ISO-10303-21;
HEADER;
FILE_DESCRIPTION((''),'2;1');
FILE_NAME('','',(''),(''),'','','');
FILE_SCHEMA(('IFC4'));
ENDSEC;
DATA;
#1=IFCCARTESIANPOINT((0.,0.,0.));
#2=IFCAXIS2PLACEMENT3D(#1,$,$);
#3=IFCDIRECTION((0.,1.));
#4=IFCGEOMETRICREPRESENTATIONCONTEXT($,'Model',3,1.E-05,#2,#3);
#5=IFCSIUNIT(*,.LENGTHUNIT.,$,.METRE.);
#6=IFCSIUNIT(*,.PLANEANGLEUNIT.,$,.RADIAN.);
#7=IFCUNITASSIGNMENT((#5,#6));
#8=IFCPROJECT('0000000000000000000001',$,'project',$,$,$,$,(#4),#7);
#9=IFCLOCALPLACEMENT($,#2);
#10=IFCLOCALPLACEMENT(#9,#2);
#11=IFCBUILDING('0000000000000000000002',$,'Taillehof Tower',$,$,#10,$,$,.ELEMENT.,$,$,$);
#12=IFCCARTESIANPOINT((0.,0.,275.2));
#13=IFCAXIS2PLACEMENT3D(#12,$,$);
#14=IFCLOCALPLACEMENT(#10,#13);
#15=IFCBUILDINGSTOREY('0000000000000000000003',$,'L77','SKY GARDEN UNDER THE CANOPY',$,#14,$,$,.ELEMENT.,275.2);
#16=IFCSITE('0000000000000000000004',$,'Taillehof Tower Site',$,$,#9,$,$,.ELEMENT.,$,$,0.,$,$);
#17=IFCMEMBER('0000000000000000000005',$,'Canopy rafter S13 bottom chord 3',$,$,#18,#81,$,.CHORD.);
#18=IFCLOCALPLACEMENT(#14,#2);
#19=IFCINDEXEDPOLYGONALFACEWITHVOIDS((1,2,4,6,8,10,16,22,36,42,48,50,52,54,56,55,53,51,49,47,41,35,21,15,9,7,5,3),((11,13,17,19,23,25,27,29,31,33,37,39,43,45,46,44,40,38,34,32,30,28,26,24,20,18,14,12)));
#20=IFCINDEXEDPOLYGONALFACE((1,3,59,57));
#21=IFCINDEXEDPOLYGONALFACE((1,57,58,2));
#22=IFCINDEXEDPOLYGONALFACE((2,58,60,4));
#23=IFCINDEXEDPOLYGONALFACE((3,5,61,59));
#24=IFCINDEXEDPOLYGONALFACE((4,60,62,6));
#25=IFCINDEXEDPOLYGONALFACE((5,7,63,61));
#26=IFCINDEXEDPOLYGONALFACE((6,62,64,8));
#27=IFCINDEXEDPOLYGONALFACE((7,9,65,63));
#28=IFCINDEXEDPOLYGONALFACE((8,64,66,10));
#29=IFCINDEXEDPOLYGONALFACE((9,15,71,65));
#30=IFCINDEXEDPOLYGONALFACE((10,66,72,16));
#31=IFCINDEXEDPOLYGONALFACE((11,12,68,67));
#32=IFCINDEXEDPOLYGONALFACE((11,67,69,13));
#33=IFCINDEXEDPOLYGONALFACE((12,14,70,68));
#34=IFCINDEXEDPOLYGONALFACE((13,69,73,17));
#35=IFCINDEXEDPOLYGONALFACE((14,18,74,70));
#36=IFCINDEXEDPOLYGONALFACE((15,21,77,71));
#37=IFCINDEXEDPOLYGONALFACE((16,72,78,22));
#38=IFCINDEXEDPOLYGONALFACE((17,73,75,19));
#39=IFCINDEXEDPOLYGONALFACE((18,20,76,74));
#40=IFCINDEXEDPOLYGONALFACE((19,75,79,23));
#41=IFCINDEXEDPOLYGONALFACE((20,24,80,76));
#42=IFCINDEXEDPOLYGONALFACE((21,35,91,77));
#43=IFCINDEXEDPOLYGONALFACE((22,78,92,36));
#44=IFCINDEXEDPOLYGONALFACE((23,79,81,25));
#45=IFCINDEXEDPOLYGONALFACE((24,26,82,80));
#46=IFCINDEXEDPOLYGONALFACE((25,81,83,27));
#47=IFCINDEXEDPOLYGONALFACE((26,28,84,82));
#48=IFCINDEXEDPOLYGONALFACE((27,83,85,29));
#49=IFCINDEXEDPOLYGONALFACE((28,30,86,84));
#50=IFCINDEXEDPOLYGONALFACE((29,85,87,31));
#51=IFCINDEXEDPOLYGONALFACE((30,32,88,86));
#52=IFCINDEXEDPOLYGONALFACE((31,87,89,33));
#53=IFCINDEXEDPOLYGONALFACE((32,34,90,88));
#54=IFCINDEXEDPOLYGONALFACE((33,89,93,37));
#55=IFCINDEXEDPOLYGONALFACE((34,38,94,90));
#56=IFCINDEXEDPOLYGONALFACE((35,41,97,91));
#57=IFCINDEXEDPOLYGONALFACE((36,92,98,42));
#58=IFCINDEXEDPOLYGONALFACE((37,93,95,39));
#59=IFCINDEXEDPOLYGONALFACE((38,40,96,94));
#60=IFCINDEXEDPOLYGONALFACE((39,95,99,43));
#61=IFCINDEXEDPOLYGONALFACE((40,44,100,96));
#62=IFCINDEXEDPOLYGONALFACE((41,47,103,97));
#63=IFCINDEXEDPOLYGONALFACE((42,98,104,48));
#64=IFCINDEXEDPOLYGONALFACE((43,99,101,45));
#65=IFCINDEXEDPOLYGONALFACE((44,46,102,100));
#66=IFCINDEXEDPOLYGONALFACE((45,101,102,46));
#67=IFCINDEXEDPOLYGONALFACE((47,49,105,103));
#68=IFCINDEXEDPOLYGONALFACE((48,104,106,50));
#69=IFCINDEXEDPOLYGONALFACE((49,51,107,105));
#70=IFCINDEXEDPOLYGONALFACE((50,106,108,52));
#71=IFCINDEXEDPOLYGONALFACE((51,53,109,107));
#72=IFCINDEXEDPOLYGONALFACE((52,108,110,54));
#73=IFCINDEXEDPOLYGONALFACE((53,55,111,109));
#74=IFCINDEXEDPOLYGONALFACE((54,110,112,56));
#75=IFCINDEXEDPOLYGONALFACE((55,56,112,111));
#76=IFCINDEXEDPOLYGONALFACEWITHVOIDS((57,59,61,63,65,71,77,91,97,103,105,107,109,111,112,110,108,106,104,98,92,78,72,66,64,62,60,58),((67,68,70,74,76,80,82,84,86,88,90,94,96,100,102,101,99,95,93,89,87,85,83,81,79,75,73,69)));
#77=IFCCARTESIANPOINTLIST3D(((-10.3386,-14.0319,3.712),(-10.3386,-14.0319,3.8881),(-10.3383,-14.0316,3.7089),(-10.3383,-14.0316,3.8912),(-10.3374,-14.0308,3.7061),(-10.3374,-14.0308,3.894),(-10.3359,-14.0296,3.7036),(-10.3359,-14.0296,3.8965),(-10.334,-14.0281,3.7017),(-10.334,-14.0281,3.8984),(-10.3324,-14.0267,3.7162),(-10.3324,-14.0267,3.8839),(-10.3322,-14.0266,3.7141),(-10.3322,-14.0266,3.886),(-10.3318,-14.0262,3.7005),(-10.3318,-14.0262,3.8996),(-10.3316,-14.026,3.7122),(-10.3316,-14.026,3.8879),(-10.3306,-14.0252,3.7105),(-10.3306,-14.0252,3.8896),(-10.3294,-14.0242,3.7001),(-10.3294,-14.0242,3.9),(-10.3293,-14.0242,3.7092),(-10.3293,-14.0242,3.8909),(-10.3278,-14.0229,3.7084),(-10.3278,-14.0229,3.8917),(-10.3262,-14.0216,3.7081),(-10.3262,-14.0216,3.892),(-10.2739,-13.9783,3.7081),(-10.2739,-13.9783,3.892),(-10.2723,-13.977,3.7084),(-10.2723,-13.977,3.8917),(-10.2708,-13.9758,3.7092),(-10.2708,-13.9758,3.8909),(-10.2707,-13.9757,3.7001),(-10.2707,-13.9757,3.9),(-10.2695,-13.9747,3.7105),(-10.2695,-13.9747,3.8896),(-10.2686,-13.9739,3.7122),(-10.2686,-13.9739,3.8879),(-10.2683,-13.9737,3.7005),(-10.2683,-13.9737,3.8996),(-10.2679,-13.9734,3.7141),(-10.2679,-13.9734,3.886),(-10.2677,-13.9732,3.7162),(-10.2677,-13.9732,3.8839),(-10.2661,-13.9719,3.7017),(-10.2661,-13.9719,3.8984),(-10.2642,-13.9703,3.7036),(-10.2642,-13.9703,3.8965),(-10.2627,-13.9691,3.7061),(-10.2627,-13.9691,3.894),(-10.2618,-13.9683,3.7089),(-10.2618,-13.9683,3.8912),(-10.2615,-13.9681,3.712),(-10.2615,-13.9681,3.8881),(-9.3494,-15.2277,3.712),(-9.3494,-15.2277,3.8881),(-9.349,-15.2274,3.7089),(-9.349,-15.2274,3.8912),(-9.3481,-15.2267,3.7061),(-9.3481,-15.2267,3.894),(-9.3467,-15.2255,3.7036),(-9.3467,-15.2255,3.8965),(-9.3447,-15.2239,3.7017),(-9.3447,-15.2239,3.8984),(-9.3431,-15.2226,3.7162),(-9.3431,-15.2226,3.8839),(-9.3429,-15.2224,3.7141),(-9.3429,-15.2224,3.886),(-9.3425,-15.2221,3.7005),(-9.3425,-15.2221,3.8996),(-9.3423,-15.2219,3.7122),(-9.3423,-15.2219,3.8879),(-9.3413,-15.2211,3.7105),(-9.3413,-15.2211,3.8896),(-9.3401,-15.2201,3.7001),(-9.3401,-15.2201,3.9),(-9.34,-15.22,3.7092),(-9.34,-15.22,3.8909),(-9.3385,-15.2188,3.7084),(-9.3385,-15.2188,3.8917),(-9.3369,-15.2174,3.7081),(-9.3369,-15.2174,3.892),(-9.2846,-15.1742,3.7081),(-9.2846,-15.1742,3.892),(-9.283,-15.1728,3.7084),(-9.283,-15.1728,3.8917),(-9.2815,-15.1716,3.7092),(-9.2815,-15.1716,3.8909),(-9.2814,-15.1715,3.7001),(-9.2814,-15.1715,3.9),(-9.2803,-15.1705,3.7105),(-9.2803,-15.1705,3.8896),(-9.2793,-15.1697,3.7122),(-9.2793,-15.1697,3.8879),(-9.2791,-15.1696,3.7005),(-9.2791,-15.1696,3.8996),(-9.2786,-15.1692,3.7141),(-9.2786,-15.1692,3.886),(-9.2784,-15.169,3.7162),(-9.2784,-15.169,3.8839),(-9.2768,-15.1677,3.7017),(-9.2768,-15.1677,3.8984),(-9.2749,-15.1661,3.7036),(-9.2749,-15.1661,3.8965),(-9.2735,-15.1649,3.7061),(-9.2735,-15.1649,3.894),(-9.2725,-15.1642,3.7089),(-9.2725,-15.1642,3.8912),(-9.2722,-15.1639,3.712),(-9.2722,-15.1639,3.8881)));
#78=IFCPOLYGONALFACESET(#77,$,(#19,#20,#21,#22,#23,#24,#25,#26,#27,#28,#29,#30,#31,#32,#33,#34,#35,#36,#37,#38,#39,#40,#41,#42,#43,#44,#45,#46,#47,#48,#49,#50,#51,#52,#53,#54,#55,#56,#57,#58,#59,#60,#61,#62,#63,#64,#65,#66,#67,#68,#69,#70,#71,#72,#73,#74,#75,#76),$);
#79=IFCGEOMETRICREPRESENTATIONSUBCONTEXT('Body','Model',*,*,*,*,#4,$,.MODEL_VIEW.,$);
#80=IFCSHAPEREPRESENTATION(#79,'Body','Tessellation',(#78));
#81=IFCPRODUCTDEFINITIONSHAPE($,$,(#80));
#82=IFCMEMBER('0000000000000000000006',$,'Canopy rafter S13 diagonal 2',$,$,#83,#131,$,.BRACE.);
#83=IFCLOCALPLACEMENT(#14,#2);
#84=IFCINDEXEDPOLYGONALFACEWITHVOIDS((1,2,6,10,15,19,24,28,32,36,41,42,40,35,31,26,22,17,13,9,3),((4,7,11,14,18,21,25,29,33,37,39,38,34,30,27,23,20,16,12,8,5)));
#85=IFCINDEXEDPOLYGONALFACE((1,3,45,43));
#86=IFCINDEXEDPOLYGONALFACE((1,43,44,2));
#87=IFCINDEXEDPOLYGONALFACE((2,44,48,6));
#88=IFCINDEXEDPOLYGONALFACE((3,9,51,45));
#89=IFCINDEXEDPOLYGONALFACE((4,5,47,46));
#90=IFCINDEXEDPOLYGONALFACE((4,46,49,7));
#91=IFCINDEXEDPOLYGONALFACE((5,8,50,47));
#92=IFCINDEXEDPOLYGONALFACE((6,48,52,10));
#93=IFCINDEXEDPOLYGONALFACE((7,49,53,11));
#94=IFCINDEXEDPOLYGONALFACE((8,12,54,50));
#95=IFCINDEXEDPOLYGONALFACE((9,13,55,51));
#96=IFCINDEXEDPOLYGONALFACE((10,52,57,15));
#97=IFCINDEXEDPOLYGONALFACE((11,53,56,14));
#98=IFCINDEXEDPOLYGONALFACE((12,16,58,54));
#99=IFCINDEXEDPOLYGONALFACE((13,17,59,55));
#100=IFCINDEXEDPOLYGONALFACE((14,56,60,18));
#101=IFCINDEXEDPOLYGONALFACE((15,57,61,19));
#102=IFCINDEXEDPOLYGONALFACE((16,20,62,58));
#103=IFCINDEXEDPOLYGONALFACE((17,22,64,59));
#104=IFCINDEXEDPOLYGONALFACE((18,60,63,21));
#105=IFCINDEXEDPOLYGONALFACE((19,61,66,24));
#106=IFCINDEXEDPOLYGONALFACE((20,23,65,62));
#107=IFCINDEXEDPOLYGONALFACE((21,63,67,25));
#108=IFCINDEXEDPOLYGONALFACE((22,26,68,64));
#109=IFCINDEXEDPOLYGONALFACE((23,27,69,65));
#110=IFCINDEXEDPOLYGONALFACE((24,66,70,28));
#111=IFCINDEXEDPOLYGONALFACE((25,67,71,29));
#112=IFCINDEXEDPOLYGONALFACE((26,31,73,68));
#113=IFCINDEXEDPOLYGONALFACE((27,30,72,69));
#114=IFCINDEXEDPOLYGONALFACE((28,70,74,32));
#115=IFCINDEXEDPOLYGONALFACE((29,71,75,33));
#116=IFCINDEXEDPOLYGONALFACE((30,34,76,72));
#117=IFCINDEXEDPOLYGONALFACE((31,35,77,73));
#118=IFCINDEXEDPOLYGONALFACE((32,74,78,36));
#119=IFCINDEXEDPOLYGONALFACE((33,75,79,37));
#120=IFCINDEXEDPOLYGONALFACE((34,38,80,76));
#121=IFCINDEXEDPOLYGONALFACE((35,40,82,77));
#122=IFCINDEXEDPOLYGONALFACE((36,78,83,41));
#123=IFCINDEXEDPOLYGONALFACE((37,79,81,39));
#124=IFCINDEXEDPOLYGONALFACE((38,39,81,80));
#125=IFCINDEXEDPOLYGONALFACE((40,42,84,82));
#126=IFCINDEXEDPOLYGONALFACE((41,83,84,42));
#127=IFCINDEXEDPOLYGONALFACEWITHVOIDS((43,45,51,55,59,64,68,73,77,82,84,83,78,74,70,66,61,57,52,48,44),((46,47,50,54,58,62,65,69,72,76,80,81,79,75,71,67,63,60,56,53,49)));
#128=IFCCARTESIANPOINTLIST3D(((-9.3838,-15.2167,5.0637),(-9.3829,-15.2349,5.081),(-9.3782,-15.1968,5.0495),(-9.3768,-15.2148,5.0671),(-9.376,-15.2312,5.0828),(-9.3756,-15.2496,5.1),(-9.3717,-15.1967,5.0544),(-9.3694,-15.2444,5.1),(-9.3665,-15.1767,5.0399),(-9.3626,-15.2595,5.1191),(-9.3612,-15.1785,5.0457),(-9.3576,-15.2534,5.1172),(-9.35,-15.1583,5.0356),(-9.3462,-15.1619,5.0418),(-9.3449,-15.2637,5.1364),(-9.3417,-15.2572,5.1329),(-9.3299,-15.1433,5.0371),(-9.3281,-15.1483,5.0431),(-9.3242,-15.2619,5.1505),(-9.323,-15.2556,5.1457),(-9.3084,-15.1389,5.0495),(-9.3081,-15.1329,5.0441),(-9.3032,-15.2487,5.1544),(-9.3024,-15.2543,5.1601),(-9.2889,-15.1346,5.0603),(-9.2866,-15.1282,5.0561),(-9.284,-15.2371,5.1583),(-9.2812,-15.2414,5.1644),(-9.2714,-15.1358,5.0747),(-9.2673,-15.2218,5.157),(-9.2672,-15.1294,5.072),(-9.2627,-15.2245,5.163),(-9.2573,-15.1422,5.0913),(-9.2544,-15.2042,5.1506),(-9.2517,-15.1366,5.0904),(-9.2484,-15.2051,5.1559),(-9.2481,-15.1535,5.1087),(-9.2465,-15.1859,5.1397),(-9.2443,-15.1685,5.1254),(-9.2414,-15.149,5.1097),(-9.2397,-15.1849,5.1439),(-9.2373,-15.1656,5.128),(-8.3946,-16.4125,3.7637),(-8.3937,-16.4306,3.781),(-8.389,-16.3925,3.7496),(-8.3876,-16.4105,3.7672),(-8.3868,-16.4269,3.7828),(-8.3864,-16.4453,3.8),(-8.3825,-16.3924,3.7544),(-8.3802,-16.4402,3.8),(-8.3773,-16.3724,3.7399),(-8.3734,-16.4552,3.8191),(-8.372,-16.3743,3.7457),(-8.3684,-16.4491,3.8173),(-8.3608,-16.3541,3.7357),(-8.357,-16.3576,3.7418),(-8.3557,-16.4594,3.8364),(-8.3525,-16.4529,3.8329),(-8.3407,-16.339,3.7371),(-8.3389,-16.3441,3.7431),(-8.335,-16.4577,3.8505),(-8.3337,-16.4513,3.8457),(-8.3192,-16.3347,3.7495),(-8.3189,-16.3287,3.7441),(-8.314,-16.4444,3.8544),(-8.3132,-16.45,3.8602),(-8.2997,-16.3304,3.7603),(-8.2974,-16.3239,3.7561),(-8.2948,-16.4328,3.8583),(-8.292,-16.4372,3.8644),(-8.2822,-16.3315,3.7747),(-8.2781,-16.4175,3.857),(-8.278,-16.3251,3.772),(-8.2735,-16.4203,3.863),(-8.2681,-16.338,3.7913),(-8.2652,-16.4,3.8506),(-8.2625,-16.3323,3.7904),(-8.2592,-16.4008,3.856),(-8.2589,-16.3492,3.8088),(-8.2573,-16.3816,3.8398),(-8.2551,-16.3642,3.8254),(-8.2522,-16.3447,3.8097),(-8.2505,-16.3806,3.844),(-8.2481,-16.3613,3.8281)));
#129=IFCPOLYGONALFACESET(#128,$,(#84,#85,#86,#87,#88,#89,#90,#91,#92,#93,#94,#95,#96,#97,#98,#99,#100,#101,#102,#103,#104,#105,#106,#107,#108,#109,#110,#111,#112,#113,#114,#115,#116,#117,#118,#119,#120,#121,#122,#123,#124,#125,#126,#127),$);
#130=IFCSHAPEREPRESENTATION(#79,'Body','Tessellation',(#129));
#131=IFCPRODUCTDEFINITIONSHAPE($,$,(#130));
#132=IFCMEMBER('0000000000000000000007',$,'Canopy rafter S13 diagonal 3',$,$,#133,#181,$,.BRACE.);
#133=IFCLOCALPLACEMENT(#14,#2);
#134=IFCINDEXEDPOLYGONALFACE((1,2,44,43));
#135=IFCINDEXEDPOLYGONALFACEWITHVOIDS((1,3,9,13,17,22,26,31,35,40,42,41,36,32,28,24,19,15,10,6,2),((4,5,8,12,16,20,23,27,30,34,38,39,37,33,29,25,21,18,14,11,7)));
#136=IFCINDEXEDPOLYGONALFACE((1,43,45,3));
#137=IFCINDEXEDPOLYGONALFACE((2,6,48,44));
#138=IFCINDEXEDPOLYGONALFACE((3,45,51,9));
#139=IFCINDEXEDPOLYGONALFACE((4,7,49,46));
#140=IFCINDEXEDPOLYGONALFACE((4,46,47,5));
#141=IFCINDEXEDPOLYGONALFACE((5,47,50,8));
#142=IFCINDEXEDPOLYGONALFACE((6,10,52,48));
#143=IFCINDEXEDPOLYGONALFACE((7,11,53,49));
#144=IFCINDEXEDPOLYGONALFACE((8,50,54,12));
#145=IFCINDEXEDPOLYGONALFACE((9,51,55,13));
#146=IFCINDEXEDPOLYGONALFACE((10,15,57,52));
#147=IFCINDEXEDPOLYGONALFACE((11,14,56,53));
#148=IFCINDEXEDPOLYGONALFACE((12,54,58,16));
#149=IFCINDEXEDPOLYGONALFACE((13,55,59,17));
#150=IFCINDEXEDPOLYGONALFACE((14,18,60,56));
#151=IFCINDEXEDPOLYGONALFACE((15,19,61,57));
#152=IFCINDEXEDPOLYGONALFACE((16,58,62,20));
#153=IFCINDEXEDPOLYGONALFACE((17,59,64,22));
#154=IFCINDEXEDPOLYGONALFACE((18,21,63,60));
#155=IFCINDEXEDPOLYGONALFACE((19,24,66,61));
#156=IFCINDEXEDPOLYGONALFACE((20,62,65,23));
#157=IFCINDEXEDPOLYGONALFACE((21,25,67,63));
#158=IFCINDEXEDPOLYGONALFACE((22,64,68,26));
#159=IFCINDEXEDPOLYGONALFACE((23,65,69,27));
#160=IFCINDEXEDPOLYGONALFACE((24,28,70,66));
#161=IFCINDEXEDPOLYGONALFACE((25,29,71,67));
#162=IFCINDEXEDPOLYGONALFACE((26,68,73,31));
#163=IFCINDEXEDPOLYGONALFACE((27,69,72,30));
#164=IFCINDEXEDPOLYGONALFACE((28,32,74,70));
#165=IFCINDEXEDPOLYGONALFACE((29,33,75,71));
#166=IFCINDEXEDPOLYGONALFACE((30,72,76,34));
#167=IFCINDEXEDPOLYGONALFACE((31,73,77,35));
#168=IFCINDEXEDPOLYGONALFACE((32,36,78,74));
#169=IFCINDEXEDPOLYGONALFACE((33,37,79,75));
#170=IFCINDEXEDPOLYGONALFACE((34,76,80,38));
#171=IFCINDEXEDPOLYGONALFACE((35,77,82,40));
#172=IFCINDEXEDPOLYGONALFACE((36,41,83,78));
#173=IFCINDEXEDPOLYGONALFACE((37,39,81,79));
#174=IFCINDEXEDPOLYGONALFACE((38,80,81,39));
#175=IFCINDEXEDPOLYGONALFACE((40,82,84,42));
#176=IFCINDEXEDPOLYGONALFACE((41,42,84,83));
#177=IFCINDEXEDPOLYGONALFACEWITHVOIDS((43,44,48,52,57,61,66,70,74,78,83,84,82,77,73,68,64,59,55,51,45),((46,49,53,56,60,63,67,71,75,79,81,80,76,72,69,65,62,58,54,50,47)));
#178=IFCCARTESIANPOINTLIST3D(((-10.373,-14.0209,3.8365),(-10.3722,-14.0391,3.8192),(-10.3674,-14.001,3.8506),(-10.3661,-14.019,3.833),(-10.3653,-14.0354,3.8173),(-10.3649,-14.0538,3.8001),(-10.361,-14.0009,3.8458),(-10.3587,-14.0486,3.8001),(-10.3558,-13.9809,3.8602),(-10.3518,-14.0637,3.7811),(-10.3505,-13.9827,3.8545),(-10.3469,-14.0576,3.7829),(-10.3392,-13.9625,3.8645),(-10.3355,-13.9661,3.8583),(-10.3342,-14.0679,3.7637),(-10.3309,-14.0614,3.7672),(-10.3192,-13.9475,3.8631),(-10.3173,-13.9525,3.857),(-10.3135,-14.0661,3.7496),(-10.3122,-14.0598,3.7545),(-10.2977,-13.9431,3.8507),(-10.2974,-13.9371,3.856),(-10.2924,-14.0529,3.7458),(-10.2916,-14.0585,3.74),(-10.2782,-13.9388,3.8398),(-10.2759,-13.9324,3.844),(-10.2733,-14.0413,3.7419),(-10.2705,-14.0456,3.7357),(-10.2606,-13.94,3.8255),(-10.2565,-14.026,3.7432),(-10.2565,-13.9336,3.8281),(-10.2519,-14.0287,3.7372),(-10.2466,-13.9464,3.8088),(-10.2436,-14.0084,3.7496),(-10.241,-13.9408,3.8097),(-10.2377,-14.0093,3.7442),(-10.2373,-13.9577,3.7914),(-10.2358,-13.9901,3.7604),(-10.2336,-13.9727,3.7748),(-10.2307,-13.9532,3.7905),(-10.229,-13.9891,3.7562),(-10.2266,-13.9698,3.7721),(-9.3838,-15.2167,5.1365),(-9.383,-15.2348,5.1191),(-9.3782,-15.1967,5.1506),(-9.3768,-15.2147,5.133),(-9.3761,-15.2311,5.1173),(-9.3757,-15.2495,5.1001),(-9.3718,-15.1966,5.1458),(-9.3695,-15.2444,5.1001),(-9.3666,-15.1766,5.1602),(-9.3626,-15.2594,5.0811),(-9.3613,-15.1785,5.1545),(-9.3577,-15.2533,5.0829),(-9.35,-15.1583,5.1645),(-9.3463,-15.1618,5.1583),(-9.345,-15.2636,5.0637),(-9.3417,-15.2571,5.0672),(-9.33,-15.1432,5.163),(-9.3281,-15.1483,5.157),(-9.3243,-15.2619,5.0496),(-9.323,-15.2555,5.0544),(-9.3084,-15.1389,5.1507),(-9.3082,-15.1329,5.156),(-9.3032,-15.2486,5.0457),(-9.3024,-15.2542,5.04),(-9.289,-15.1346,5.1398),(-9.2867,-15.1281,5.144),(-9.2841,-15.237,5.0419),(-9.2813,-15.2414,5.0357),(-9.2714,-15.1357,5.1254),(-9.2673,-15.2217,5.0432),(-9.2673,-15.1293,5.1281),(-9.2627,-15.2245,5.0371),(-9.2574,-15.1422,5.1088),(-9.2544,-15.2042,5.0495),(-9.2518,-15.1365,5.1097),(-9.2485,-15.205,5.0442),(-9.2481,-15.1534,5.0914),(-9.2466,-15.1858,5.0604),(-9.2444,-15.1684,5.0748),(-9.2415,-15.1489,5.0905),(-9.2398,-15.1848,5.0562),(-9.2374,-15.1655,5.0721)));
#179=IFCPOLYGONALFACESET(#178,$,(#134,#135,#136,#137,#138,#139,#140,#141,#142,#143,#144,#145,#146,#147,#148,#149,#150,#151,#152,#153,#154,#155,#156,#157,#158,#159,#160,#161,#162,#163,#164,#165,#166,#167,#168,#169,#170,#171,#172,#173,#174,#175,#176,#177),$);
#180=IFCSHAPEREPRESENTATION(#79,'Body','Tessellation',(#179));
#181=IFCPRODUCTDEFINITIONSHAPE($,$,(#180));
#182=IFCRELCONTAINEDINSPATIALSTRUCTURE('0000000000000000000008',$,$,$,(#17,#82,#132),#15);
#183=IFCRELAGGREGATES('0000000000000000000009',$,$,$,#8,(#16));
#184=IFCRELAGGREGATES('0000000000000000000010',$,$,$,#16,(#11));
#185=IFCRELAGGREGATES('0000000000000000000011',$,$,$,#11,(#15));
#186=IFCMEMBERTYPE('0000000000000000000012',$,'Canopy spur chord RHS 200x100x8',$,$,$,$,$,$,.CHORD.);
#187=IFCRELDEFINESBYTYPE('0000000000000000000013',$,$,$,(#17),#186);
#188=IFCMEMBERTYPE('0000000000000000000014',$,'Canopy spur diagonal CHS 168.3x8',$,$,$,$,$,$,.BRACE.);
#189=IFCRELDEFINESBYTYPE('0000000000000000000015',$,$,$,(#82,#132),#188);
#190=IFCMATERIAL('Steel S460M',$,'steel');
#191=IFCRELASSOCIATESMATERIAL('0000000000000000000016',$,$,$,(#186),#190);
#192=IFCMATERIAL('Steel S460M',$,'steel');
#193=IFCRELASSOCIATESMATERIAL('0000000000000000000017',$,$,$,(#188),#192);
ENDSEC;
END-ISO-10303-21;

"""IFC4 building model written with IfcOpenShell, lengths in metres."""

from ifc_helpers import new_model, si_unit, direction, frame, origin, origin_2d, place, context, subcontext, project, spatial, hollow_rectangle, hollow_circle, extrude, material, material_profile, profile_set, type_object, element, save


model = new_model("IFC4")

# Units and contexts
model_context = context("Model", 3, precision=1e-05, world=origin(), true_north=direction((0.0, 1.0)))
body_context = subcontext(model_context, "Body", "Model", "MODEL_VIEW")
ifc_project = project(units=[si_unit("LENGTHUNIT", "METRE"), si_unit("PLANEANGLEUNIT", "RADIAN")], contexts=[model_context])

# Site, building, storey
site_placement = place(None, origin())
site = spatial("IfcSite", under=ifc_project, at=site_placement, Name="Taillehof Tower Site", CompositionType="ELEMENT", RefElevation=0.0)
building_placement = place(site_placement, origin())
building = spatial("IfcBuilding", under=site, at=building_placement, Name="Taillehof Tower", CompositionType="ELEMENT")
storey_placement = place(building_placement, frame((0.0, 0.0, 275.2)))
storey = spatial("IfcBuildingStorey", under=building, at=storey_placement, Name="L77", Description="SKY GARDEN UNDER THE CANOPY", CompositionType="ELEMENT", Elevation=275.2)

# Members
ifc_material_1 = material(Name="Steel S460M", Category="steel")
ifc_material_profile_1 = material_profile(ifc_material_1, hollow_rectangle(XDim=0.1001, YDim=0.2, WallThickness=0.0081, InnerFilletRadius=0.0081, OuterFilletRadius=0.012, at=origin_2d()), Name="RHS 200x100x8")
ifc_profile_set_1 = profile_set([ifc_material_profile_1], Name="Steel S460M")
member_type_1 = type_object("IfcMemberType", Name="Canopy spur chord RHS 200x100x8", PredefinedType="CHORD", material=ifc_profile_set_1)
for number, where, z_axis, x_axis, name in (
    (1, (-9.3108, -15.1958, 3.8), (-0.637426, 0.770512, 0.0), (-0.770512, -0.637426, 0.0), "Canopy rafter S13 bottom chord 3"),
):
    element("IfcMember", number, at=place(storey_placement, frame(where, z_axis=z_axis, x_axis=x_axis)), inside=storey, type_object=member_type_1, Name=name, PredefinedType="CHORD", context=body_context, shape_type="SweptSolid", body=[
        extrude(hollow_rectangle(XDim=0.1001, YDim=0.2, WallThickness=0.0081, InnerFilletRadius=0.0081, OuterFilletRadius=0.012, at=origin_2d()), origin(), (0.0, 0.0, 1.0), 1.552),
    ])
ifc_material_2 = material(Name="Steel S460M", Category="steel")
ifc_material_profile_2 = material_profile(ifc_material_2, hollow_circle(Radius=0.0842, WallThickness=0.0081, at=origin_2d()), Name="CHS 168.3x8")
ifc_profile_set_2 = profile_set([ifc_material_profile_2], Name="Steel S460M")
member_type_2 = type_object("IfcMemberType", Name="Canopy spur diagonal CHS 168.3x8", PredefinedType="BRACE", material=ifc_profile_set_2)
for number, where, z_axis, x_axis, name in (
    (2, (-8.3215, -16.3916, 3.8), (-0.488637, 0.590658, 0.64215), (-0.770512, -0.637426, 0.0), "Canopy rafter S13 diagonal 2"),
    (3, (-9.3108, -15.1958, 5.1001), (-0.488637, 0.590658, -0.64215), (-0.770512, -0.637426, 0.0), "Canopy rafter S13 diagonal 3"),
):
    element("IfcMember", number, at=place(storey_placement, frame(where, z_axis=z_axis, x_axis=x_axis)), inside=storey, type_object=member_type_2, Name=name, PredefinedType="BRACE", context=body_context, shape_type="SweptSolid", body=[
        extrude(hollow_circle(Radius=0.0842, WallThickness=0.0081, at=origin_2d()), origin(), (0.0, 0.0, 1.0), 2.0244),
    ])

save(model, "model.ifc")
